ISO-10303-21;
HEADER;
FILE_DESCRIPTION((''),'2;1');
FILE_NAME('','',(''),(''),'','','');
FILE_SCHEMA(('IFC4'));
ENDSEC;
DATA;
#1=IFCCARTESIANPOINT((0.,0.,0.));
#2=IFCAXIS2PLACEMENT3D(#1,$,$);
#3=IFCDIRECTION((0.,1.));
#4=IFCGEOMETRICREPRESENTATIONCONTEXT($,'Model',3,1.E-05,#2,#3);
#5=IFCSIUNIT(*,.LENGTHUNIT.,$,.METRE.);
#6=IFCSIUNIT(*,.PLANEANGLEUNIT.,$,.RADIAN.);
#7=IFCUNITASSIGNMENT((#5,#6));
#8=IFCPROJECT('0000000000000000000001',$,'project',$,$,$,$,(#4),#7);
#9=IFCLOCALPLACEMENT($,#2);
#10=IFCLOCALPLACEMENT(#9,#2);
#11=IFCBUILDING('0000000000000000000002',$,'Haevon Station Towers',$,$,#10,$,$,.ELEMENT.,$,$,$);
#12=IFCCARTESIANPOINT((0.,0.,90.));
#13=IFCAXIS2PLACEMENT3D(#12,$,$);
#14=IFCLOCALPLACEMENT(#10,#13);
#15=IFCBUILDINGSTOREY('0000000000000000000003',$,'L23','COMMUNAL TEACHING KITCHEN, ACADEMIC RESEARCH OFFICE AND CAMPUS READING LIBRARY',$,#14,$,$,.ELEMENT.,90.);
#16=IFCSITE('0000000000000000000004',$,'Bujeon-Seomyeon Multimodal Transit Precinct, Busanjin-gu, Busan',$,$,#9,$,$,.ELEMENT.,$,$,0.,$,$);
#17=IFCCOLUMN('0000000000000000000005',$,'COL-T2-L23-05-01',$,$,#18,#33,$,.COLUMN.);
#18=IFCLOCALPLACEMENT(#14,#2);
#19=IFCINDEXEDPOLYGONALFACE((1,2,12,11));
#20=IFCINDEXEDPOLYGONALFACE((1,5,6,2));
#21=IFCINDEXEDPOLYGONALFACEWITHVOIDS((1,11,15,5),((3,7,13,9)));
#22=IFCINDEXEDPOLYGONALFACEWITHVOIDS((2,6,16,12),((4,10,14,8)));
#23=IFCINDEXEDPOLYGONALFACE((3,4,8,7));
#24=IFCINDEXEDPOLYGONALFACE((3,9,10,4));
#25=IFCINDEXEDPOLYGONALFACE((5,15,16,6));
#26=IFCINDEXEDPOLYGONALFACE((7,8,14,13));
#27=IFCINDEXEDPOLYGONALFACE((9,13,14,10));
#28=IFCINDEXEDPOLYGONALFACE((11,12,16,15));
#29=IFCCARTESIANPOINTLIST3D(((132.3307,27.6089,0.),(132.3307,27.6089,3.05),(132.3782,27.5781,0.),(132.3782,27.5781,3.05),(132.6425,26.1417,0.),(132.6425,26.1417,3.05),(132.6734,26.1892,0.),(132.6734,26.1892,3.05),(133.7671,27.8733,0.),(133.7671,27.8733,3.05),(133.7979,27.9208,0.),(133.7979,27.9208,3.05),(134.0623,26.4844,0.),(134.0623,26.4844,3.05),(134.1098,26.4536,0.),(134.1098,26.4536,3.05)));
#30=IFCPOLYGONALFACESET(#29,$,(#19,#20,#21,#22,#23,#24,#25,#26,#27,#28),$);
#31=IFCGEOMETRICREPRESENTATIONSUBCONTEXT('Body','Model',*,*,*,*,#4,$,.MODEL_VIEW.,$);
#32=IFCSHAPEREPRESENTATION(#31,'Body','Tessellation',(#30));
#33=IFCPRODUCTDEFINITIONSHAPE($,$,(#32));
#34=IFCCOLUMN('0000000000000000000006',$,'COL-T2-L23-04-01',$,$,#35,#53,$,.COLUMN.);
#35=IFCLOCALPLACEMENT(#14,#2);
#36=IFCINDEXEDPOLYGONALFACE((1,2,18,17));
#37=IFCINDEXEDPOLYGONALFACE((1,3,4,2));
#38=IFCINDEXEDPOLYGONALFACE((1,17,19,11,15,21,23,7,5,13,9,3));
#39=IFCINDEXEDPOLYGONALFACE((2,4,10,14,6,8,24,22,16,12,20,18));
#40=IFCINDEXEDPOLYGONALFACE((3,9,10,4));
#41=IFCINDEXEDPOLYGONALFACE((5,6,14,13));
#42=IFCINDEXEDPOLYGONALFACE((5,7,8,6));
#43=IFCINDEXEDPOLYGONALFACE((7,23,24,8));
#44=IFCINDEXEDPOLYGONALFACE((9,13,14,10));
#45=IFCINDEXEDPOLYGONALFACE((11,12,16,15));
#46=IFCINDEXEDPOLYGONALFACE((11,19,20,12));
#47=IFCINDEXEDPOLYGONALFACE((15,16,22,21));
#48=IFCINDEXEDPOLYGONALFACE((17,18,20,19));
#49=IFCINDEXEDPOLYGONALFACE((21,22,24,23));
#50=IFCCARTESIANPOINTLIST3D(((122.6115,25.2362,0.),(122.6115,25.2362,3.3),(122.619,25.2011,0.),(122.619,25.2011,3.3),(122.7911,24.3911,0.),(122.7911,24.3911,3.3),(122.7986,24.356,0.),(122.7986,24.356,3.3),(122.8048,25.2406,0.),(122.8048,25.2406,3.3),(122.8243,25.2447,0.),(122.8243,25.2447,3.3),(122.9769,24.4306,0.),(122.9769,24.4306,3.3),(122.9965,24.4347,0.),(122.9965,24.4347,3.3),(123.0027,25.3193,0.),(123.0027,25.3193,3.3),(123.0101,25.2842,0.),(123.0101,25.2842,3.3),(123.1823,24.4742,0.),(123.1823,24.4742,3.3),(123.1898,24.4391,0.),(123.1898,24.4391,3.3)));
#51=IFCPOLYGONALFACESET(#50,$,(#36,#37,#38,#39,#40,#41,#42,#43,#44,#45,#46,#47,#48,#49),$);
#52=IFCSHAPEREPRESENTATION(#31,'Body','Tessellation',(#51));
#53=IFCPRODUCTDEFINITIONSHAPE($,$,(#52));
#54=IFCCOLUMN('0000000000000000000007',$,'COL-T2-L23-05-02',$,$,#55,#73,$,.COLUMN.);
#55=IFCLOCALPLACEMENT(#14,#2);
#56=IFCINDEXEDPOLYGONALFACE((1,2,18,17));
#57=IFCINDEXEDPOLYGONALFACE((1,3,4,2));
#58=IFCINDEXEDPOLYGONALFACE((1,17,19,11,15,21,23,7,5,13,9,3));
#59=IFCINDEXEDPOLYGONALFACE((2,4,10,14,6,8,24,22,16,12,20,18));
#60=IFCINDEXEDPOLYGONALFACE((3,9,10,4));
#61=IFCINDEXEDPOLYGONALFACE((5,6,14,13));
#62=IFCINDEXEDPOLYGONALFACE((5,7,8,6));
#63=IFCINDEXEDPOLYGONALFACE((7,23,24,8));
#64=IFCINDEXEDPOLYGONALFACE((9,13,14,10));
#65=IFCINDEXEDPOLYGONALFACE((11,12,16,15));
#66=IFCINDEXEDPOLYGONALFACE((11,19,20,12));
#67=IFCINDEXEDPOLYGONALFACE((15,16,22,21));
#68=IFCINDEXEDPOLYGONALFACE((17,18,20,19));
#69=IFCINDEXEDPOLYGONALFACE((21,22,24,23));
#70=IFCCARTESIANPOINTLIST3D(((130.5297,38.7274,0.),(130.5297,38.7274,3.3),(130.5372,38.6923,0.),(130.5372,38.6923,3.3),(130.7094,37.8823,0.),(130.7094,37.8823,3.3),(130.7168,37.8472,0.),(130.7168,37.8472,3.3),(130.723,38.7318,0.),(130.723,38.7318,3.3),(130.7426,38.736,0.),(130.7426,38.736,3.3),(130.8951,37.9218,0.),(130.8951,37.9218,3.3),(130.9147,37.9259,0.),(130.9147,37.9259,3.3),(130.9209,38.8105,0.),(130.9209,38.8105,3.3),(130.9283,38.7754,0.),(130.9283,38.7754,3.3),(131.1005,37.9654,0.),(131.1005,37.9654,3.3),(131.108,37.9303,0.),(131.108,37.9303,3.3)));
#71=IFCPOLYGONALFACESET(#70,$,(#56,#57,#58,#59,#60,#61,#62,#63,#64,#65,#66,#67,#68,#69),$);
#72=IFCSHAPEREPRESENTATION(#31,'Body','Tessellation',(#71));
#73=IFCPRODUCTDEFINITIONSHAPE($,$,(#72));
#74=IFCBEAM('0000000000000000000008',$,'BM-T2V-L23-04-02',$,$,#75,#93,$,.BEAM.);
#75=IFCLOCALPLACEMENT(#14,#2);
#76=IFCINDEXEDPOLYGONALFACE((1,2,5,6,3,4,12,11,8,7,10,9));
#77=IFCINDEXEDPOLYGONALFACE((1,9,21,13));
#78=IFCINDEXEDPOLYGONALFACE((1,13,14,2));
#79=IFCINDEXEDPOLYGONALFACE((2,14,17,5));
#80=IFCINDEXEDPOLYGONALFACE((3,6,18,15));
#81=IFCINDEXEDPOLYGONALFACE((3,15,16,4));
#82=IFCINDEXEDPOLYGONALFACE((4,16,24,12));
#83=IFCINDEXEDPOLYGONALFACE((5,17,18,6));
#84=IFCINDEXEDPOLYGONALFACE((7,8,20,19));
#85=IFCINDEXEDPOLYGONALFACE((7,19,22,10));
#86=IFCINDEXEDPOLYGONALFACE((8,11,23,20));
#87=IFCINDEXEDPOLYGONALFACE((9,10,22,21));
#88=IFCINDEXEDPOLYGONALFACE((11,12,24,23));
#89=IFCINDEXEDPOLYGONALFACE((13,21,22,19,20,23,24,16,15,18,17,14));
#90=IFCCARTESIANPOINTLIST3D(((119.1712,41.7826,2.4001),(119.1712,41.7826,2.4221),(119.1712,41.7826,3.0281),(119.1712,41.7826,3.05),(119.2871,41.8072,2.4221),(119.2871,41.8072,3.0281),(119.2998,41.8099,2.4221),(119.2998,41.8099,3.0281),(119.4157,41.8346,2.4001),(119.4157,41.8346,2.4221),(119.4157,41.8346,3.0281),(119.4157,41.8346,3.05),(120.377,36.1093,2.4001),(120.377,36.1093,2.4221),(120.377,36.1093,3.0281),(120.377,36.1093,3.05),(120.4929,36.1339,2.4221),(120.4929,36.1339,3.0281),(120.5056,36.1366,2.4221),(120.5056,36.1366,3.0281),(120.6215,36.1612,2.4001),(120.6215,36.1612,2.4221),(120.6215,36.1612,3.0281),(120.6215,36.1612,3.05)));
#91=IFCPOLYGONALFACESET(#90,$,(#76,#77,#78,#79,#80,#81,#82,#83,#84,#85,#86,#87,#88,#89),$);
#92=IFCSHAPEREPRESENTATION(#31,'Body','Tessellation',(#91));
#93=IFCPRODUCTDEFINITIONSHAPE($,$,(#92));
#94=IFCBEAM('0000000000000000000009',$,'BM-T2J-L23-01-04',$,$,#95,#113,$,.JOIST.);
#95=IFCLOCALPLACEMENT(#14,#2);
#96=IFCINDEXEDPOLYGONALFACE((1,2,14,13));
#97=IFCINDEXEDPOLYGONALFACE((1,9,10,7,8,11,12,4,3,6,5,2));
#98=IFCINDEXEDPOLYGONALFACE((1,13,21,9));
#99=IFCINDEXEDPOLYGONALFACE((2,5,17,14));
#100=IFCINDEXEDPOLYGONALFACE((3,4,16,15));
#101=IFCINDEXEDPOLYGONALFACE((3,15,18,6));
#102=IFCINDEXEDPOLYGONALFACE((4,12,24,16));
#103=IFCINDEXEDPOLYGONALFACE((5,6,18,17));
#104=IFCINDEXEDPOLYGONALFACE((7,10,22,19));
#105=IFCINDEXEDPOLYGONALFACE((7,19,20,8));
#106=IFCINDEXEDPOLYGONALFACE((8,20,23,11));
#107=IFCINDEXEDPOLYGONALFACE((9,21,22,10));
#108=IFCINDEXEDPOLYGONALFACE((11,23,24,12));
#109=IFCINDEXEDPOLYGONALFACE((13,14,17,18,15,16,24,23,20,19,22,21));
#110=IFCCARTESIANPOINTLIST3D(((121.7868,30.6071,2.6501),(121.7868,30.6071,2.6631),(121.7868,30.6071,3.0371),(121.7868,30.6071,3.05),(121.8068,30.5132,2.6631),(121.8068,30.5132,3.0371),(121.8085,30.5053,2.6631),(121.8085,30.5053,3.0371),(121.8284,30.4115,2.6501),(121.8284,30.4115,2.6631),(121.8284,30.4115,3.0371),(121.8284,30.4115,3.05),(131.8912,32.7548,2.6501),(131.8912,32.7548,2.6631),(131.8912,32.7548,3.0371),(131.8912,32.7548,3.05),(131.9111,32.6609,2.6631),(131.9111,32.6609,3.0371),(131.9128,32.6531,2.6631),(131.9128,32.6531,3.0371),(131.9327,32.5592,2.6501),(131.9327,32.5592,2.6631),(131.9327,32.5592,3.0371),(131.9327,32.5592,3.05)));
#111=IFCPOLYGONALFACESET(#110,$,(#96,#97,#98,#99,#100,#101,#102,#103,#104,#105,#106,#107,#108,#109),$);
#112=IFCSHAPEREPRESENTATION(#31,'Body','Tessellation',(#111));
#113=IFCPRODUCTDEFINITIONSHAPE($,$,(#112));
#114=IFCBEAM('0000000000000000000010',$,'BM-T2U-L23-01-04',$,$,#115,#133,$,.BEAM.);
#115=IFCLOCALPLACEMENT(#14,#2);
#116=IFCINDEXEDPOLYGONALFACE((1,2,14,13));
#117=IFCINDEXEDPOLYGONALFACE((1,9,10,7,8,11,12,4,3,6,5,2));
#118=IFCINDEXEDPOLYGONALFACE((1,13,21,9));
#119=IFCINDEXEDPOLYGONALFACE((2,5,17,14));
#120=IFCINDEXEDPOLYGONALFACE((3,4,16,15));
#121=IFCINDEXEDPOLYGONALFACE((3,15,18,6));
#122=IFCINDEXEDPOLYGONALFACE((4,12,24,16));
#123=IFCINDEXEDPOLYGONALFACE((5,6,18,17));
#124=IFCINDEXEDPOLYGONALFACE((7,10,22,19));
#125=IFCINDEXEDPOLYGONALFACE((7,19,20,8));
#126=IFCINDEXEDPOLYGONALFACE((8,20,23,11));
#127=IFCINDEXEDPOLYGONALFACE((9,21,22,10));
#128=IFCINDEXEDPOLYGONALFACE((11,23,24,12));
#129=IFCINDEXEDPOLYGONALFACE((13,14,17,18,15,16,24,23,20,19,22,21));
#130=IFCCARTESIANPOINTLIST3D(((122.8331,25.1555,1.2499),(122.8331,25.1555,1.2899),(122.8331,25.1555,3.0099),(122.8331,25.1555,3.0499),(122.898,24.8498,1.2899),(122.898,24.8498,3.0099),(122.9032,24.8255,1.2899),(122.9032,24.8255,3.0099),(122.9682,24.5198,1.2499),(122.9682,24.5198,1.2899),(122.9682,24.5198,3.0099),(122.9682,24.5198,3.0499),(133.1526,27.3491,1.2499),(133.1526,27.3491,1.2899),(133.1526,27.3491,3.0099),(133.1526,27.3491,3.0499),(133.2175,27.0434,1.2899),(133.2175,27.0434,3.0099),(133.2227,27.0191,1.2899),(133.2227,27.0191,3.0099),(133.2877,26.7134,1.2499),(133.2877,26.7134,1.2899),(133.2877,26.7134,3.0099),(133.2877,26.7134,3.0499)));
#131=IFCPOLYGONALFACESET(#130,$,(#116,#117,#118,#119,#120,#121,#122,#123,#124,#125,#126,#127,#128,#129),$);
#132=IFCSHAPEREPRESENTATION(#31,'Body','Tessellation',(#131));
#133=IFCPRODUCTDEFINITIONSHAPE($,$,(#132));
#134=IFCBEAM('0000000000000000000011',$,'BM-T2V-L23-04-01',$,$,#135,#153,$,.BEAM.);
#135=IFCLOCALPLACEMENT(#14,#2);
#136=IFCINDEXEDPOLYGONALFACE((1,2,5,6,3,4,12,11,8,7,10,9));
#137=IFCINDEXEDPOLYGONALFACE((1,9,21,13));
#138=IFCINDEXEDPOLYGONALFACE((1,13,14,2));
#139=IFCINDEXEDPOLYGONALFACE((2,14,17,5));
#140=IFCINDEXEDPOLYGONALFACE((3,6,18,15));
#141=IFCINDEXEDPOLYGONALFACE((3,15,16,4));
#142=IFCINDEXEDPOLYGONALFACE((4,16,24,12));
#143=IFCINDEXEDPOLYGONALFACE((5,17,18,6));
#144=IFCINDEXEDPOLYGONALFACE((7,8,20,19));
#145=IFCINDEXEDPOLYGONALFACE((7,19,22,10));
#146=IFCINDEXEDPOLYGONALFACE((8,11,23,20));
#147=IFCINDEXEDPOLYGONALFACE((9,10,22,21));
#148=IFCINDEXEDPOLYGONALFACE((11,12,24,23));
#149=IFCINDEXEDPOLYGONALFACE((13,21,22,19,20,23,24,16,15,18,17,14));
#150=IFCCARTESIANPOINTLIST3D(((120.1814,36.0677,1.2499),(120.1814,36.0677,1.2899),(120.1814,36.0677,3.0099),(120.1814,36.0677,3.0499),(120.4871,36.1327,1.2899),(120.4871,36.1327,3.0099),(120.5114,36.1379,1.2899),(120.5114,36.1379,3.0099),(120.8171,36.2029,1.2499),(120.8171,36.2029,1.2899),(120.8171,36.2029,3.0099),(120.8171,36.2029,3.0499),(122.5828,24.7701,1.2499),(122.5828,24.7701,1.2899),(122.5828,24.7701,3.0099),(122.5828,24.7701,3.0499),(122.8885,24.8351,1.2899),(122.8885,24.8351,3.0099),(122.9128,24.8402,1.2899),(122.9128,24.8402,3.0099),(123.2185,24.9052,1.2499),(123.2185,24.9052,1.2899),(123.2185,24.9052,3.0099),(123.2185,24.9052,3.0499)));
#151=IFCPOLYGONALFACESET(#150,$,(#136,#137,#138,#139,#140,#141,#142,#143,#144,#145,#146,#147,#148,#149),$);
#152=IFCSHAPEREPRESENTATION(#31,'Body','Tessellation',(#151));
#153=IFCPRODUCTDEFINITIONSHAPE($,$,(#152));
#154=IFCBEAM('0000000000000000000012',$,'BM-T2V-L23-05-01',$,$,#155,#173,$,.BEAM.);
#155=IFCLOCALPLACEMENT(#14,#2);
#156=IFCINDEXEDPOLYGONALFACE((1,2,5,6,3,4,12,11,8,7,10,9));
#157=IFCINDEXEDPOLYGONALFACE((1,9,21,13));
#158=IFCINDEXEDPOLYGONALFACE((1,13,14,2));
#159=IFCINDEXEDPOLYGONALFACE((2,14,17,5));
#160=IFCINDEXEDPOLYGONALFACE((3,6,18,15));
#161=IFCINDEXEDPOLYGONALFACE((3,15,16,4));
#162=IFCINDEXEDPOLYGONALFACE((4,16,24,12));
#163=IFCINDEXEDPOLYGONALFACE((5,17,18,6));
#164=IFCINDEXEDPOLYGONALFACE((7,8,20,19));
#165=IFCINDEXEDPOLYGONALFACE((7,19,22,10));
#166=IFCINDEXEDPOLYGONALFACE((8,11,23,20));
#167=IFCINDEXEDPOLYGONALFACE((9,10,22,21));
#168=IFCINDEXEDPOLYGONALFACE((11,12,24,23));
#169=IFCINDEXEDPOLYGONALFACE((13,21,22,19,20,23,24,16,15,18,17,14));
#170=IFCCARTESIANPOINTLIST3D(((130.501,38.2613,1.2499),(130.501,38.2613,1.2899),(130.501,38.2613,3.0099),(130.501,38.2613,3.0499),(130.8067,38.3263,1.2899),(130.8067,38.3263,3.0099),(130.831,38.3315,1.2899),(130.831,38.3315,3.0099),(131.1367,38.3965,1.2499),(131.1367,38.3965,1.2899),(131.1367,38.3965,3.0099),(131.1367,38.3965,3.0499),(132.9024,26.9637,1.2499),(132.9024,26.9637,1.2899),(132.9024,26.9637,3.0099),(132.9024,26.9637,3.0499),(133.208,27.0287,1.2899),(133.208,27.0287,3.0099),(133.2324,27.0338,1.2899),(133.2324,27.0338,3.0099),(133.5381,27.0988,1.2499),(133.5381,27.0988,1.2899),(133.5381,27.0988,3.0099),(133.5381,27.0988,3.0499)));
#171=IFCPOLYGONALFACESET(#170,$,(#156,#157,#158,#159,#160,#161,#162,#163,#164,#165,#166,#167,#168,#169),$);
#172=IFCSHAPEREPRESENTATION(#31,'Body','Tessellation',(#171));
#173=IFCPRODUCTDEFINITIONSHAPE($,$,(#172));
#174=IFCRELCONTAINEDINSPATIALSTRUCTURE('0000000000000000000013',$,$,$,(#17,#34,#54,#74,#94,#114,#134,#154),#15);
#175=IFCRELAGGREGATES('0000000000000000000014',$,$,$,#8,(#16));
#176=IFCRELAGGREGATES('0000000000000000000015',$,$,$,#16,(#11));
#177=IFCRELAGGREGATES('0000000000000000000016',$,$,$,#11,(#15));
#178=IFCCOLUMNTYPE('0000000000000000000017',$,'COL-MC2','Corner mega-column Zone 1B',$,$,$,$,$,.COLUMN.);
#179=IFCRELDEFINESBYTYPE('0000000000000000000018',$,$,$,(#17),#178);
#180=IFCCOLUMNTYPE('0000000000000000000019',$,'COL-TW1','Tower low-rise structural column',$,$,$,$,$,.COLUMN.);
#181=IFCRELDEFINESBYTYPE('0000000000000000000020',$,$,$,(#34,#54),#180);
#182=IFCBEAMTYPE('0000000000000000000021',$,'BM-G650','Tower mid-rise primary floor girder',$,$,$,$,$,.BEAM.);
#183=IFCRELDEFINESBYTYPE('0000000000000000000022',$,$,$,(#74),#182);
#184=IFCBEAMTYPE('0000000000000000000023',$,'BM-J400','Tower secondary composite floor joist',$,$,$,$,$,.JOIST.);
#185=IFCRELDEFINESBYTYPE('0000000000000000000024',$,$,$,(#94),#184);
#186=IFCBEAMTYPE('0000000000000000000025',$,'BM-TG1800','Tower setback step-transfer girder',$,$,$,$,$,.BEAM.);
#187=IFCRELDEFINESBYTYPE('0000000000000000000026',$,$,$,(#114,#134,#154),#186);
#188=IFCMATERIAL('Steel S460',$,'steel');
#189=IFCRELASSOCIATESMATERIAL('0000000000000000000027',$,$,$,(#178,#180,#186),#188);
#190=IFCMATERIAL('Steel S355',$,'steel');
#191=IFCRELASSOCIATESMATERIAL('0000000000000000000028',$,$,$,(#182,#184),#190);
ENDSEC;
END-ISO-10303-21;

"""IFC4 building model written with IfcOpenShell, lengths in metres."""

from ifc_helpers import new_model, si_unit, direction, frame, origin, origin_2d, place, context, subcontext, project, spatial, hollow_rectangle, i_section, extrude, material, material_profile, profile_set, type_object, element, save


model = new_model("IFC4")

# Units and contexts
model_context = context("Model", 3, precision=1e-05, world=origin(), true_north=direction((0.0, 1.0)))
body_context = subcontext(model_context, "Body", "Model", "MODEL_VIEW")
ifc_project = project(units=[si_unit("LENGTHUNIT", "METRE"), si_unit("PLANEANGLEUNIT", "RADIAN")], contexts=[model_context])

# Site, building, storey
site_placement = place(None, origin())
site = spatial("IfcSite", under=ifc_project, at=site_placement, Name="Bujeon-Seomyeon Multimodal Transit Precinct, Busanjin-gu, Busan", CompositionType="ELEMENT", RefElevation=0.0)
building_placement = place(site_placement, origin())
building = spatial("IfcBuilding", under=site, at=building_placement, Name="Haevon Station Towers", CompositionType="ELEMENT")
storey_placement = place(building_placement, frame((0.0, 0.0, 90.0)))
storey = spatial("IfcBuildingStorey", under=building, at=storey_placement, Name="L23", Description="COMMUNAL TEACHING KITCHEN, ACADEMIC RESEARCH OFFICE AND CAMPUS READING LIBRARY", CompositionType="ELEMENT", Elevation=90.0)

# Columns
ifc_material_1 = material(Name="Steel S460", Category="steel")
ifc_material_profile_1 = material_profile(ifc_material_1, hollow_rectangle(XDim=1.5, YDim=1.5, WallThickness=0.04, at=origin_2d()), Name="BOX-1500x1500x40")
ifc_profile_set_1 = profile_set([ifc_material_profile_1], Name="Steel S460")
column_type_1 = type_object("IfcColumnType", Name="COL-MC2", Description="Corner mega-column Zone 1B", PredefinedType="COLUMN", material=ifc_profile_set_1)
column_placement = place(storey_placement, frame((133.2202, 27.0312, 0.0), z_axis=(0.0, 0.0, 1.0), x_axis=(0.978148, 0.207912, 0.0)))
element("IfcColumn", 1, at=column_placement, inside=storey, type_object=column_type_1, Name="COL-T2-L23-05-01", PredefinedType="COLUMN", context=body_context, shape_type="SweptSolid", body=[
    extrude(hollow_rectangle(XDim=1.5, YDim=1.5, WallThickness=0.04, at=origin_2d()), origin(), (0.0, 0.0, 1.0), 3.05),
])
ifc_material_profile_2 = material_profile(ifc_material_1, i_section(OverallWidth=0.3999, OverallDepth=0.8999, WebThickness=0.02, FlangeThickness=0.0359, at=origin_2d()), Name="H-900x400x20x36")
ifc_profile_set_2 = profile_set([ifc_material_profile_2], Name="Steel S460")
column_type_2 = type_object("IfcColumnType", Name="COL-TW1", Description="Tower low-rise structural column", PredefinedType="COLUMN", material=ifc_profile_set_2)
for number, where, z_axis, x_axis, name in (
    (2, (122.9006, 24.8376, 0.0), (0.0, 0.0, 1.0), (0.978148, 0.207912, 0.0), "COL-T2-L23-04-01"),
    (3, (130.8188, 38.3289, 0.0), (0.0, 0.0, 1.0), (0.978148, 0.207912, 0.0), "COL-T2-L23-05-02"),
):
    element("IfcColumn", number, at=place(storey_placement, frame(where, z_axis=z_axis, x_axis=x_axis)), inside=storey, type_object=column_type_2, Name=name, PredefinedType="COLUMN", context=body_context, shape_type="SweptSolid", body=[
        extrude(i_section(OverallWidth=0.3999, OverallDepth=0.8999, WebThickness=0.02, FlangeThickness=0.0359, at=origin_2d()), origin(), (0.0, 0.0, 1.0), 3.3),
    ])

# Beams
ifc_material_2 = material(Name="Steel S355", Category="steel")
ifc_material_profile_3 = material_profile(ifc_material_2, i_section(OverallWidth=0.25, OverallDepth=0.6499, WebThickness=0.0129, FlangeThickness=0.022, at=origin_2d()), Name="H-650x250x13x22")
ifc_profile_set_3 = profile_set([ifc_material_profile_3], Name="Steel S355")
beam_type_1 = type_object("IfcBeamType", Name="BM-G650", Description="Tower mid-rise primary floor girder", PredefinedType="BEAM", material=ifc_profile_set_3)
beam_1_placement = place(storey_placement, frame((120.4993, 36.1353, 2.7251), z_axis=(-0.207896, 0.978151, 0.0), x_axis=(-0.978151, -0.207896, 0.0)))
element("IfcBeam", 4, at=beam_1_placement, inside=storey, type_object=beam_type_1, Name="BM-T2V-L23-04-02", PredefinedType="BEAM", context=body_context, shape_type="SweptSolid", body=[
    extrude(i_section(OverallWidth=0.25, OverallDepth=0.6499, WebThickness=0.0129, FlangeThickness=0.022, at=origin_2d()), origin(), (0.0, 0.0, 1.0), 5.8),
])
ifc_material_profile_4 = material_profile(ifc_material_2, i_section(OverallWidth=0.2, OverallDepth=0.3999, WebThickness=0.0081, FlangeThickness=0.0129, at=origin_2d()), Name="H-400x200x8x13")
ifc_profile_set_4 = profile_set([ifc_material_profile_4], Name="Steel S355")
beam_type_2 = type_object("IfcBeamType", Name="BM-J400", Description="Tower secondary composite floor joist", PredefinedType="JOIST", material=ifc_profile_set_4)
beam_2_placement = place(storey_placement, frame((121.8076, 30.5093, 2.8501), z_axis=(0.978148, 0.20791, 0.0), x_axis=(-0.20791, 0.978148, 0.0)))
element("IfcBeam", 5, at=beam_2_placement, inside=storey, type_object=beam_type_2, Name="BM-T2J-L23-01-04", PredefinedType="JOIST", context=body_context, shape_type="SweptSolid", body=[
    extrude(i_section(OverallWidth=0.2, OverallDepth=0.3999, WebThickness=0.0081, FlangeThickness=0.0129, at=origin_2d()), origin(), (0.0, 0.0, 1.0), 10.3301),
])
ifc_material_profile_5 = material_profile(ifc_material_1, i_section(OverallWidth=0.6499, OverallDepth=1.8, WebThickness=0.0249, FlangeThickness=0.04, at=origin_2d()), Name="H-1800x650x25x40")
ifc_profile_set_5 = profile_set([ifc_material_profile_5], Name="Steel S460")
beam_type_3 = type_object("IfcBeamType", Name="BM-TG1800", Description="Tower setback step-transfer girder", PredefinedType="BEAM", material=ifc_profile_set_5)
beam_3_placement = place(storey_placement, frame((122.9006, 24.8376, 2.1499), z_axis=(0.978145, 0.207922, 0.0), x_axis=(-0.207922, 0.978145, 0.0)))
element("IfcBeam", 6, at=beam_3_placement, inside=storey, type_object=beam_type_3, Name="BM-T2U-L23-01-04", PredefinedType="BEAM", context=body_context, shape_type="SweptSolid", body=[
    extrude(i_section(OverallWidth=0.6499, OverallDepth=1.8, WebThickness=0.0249, FlangeThickness=0.04, at=origin_2d()), origin(), (0.0, 0.0, 1.0), 10.55),
])
for number, where, z_axis, x_axis, name in (
    (7, (122.9006, 24.8376, 2.1499), (-0.207911, 0.978148, 0.0), (-0.978148, -0.207911, 0.0), "BM-T2V-L23-04-01"),
    (8, (133.2202, 27.0312, 2.1499), (-0.207911, 0.978148, 0.0), (-0.978148, -0.207911, 0.0), "BM-T2V-L23-05-01"),
):
    element("IfcBeam", number, at=place(storey_placement, frame(where, z_axis=z_axis, x_axis=x_axis)), inside=storey, type_object=beam_type_3, Name=name, PredefinedType="BEAM", context=body_context, shape_type="SweptSolid", body=[
        extrude(i_section(OverallWidth=0.6499, OverallDepth=1.8, WebThickness=0.0249, FlangeThickness=0.04, at=origin_2d()), origin(), (0.0, 0.0, 1.0), 11.55),
    ])

save(model, "model.ifc")
